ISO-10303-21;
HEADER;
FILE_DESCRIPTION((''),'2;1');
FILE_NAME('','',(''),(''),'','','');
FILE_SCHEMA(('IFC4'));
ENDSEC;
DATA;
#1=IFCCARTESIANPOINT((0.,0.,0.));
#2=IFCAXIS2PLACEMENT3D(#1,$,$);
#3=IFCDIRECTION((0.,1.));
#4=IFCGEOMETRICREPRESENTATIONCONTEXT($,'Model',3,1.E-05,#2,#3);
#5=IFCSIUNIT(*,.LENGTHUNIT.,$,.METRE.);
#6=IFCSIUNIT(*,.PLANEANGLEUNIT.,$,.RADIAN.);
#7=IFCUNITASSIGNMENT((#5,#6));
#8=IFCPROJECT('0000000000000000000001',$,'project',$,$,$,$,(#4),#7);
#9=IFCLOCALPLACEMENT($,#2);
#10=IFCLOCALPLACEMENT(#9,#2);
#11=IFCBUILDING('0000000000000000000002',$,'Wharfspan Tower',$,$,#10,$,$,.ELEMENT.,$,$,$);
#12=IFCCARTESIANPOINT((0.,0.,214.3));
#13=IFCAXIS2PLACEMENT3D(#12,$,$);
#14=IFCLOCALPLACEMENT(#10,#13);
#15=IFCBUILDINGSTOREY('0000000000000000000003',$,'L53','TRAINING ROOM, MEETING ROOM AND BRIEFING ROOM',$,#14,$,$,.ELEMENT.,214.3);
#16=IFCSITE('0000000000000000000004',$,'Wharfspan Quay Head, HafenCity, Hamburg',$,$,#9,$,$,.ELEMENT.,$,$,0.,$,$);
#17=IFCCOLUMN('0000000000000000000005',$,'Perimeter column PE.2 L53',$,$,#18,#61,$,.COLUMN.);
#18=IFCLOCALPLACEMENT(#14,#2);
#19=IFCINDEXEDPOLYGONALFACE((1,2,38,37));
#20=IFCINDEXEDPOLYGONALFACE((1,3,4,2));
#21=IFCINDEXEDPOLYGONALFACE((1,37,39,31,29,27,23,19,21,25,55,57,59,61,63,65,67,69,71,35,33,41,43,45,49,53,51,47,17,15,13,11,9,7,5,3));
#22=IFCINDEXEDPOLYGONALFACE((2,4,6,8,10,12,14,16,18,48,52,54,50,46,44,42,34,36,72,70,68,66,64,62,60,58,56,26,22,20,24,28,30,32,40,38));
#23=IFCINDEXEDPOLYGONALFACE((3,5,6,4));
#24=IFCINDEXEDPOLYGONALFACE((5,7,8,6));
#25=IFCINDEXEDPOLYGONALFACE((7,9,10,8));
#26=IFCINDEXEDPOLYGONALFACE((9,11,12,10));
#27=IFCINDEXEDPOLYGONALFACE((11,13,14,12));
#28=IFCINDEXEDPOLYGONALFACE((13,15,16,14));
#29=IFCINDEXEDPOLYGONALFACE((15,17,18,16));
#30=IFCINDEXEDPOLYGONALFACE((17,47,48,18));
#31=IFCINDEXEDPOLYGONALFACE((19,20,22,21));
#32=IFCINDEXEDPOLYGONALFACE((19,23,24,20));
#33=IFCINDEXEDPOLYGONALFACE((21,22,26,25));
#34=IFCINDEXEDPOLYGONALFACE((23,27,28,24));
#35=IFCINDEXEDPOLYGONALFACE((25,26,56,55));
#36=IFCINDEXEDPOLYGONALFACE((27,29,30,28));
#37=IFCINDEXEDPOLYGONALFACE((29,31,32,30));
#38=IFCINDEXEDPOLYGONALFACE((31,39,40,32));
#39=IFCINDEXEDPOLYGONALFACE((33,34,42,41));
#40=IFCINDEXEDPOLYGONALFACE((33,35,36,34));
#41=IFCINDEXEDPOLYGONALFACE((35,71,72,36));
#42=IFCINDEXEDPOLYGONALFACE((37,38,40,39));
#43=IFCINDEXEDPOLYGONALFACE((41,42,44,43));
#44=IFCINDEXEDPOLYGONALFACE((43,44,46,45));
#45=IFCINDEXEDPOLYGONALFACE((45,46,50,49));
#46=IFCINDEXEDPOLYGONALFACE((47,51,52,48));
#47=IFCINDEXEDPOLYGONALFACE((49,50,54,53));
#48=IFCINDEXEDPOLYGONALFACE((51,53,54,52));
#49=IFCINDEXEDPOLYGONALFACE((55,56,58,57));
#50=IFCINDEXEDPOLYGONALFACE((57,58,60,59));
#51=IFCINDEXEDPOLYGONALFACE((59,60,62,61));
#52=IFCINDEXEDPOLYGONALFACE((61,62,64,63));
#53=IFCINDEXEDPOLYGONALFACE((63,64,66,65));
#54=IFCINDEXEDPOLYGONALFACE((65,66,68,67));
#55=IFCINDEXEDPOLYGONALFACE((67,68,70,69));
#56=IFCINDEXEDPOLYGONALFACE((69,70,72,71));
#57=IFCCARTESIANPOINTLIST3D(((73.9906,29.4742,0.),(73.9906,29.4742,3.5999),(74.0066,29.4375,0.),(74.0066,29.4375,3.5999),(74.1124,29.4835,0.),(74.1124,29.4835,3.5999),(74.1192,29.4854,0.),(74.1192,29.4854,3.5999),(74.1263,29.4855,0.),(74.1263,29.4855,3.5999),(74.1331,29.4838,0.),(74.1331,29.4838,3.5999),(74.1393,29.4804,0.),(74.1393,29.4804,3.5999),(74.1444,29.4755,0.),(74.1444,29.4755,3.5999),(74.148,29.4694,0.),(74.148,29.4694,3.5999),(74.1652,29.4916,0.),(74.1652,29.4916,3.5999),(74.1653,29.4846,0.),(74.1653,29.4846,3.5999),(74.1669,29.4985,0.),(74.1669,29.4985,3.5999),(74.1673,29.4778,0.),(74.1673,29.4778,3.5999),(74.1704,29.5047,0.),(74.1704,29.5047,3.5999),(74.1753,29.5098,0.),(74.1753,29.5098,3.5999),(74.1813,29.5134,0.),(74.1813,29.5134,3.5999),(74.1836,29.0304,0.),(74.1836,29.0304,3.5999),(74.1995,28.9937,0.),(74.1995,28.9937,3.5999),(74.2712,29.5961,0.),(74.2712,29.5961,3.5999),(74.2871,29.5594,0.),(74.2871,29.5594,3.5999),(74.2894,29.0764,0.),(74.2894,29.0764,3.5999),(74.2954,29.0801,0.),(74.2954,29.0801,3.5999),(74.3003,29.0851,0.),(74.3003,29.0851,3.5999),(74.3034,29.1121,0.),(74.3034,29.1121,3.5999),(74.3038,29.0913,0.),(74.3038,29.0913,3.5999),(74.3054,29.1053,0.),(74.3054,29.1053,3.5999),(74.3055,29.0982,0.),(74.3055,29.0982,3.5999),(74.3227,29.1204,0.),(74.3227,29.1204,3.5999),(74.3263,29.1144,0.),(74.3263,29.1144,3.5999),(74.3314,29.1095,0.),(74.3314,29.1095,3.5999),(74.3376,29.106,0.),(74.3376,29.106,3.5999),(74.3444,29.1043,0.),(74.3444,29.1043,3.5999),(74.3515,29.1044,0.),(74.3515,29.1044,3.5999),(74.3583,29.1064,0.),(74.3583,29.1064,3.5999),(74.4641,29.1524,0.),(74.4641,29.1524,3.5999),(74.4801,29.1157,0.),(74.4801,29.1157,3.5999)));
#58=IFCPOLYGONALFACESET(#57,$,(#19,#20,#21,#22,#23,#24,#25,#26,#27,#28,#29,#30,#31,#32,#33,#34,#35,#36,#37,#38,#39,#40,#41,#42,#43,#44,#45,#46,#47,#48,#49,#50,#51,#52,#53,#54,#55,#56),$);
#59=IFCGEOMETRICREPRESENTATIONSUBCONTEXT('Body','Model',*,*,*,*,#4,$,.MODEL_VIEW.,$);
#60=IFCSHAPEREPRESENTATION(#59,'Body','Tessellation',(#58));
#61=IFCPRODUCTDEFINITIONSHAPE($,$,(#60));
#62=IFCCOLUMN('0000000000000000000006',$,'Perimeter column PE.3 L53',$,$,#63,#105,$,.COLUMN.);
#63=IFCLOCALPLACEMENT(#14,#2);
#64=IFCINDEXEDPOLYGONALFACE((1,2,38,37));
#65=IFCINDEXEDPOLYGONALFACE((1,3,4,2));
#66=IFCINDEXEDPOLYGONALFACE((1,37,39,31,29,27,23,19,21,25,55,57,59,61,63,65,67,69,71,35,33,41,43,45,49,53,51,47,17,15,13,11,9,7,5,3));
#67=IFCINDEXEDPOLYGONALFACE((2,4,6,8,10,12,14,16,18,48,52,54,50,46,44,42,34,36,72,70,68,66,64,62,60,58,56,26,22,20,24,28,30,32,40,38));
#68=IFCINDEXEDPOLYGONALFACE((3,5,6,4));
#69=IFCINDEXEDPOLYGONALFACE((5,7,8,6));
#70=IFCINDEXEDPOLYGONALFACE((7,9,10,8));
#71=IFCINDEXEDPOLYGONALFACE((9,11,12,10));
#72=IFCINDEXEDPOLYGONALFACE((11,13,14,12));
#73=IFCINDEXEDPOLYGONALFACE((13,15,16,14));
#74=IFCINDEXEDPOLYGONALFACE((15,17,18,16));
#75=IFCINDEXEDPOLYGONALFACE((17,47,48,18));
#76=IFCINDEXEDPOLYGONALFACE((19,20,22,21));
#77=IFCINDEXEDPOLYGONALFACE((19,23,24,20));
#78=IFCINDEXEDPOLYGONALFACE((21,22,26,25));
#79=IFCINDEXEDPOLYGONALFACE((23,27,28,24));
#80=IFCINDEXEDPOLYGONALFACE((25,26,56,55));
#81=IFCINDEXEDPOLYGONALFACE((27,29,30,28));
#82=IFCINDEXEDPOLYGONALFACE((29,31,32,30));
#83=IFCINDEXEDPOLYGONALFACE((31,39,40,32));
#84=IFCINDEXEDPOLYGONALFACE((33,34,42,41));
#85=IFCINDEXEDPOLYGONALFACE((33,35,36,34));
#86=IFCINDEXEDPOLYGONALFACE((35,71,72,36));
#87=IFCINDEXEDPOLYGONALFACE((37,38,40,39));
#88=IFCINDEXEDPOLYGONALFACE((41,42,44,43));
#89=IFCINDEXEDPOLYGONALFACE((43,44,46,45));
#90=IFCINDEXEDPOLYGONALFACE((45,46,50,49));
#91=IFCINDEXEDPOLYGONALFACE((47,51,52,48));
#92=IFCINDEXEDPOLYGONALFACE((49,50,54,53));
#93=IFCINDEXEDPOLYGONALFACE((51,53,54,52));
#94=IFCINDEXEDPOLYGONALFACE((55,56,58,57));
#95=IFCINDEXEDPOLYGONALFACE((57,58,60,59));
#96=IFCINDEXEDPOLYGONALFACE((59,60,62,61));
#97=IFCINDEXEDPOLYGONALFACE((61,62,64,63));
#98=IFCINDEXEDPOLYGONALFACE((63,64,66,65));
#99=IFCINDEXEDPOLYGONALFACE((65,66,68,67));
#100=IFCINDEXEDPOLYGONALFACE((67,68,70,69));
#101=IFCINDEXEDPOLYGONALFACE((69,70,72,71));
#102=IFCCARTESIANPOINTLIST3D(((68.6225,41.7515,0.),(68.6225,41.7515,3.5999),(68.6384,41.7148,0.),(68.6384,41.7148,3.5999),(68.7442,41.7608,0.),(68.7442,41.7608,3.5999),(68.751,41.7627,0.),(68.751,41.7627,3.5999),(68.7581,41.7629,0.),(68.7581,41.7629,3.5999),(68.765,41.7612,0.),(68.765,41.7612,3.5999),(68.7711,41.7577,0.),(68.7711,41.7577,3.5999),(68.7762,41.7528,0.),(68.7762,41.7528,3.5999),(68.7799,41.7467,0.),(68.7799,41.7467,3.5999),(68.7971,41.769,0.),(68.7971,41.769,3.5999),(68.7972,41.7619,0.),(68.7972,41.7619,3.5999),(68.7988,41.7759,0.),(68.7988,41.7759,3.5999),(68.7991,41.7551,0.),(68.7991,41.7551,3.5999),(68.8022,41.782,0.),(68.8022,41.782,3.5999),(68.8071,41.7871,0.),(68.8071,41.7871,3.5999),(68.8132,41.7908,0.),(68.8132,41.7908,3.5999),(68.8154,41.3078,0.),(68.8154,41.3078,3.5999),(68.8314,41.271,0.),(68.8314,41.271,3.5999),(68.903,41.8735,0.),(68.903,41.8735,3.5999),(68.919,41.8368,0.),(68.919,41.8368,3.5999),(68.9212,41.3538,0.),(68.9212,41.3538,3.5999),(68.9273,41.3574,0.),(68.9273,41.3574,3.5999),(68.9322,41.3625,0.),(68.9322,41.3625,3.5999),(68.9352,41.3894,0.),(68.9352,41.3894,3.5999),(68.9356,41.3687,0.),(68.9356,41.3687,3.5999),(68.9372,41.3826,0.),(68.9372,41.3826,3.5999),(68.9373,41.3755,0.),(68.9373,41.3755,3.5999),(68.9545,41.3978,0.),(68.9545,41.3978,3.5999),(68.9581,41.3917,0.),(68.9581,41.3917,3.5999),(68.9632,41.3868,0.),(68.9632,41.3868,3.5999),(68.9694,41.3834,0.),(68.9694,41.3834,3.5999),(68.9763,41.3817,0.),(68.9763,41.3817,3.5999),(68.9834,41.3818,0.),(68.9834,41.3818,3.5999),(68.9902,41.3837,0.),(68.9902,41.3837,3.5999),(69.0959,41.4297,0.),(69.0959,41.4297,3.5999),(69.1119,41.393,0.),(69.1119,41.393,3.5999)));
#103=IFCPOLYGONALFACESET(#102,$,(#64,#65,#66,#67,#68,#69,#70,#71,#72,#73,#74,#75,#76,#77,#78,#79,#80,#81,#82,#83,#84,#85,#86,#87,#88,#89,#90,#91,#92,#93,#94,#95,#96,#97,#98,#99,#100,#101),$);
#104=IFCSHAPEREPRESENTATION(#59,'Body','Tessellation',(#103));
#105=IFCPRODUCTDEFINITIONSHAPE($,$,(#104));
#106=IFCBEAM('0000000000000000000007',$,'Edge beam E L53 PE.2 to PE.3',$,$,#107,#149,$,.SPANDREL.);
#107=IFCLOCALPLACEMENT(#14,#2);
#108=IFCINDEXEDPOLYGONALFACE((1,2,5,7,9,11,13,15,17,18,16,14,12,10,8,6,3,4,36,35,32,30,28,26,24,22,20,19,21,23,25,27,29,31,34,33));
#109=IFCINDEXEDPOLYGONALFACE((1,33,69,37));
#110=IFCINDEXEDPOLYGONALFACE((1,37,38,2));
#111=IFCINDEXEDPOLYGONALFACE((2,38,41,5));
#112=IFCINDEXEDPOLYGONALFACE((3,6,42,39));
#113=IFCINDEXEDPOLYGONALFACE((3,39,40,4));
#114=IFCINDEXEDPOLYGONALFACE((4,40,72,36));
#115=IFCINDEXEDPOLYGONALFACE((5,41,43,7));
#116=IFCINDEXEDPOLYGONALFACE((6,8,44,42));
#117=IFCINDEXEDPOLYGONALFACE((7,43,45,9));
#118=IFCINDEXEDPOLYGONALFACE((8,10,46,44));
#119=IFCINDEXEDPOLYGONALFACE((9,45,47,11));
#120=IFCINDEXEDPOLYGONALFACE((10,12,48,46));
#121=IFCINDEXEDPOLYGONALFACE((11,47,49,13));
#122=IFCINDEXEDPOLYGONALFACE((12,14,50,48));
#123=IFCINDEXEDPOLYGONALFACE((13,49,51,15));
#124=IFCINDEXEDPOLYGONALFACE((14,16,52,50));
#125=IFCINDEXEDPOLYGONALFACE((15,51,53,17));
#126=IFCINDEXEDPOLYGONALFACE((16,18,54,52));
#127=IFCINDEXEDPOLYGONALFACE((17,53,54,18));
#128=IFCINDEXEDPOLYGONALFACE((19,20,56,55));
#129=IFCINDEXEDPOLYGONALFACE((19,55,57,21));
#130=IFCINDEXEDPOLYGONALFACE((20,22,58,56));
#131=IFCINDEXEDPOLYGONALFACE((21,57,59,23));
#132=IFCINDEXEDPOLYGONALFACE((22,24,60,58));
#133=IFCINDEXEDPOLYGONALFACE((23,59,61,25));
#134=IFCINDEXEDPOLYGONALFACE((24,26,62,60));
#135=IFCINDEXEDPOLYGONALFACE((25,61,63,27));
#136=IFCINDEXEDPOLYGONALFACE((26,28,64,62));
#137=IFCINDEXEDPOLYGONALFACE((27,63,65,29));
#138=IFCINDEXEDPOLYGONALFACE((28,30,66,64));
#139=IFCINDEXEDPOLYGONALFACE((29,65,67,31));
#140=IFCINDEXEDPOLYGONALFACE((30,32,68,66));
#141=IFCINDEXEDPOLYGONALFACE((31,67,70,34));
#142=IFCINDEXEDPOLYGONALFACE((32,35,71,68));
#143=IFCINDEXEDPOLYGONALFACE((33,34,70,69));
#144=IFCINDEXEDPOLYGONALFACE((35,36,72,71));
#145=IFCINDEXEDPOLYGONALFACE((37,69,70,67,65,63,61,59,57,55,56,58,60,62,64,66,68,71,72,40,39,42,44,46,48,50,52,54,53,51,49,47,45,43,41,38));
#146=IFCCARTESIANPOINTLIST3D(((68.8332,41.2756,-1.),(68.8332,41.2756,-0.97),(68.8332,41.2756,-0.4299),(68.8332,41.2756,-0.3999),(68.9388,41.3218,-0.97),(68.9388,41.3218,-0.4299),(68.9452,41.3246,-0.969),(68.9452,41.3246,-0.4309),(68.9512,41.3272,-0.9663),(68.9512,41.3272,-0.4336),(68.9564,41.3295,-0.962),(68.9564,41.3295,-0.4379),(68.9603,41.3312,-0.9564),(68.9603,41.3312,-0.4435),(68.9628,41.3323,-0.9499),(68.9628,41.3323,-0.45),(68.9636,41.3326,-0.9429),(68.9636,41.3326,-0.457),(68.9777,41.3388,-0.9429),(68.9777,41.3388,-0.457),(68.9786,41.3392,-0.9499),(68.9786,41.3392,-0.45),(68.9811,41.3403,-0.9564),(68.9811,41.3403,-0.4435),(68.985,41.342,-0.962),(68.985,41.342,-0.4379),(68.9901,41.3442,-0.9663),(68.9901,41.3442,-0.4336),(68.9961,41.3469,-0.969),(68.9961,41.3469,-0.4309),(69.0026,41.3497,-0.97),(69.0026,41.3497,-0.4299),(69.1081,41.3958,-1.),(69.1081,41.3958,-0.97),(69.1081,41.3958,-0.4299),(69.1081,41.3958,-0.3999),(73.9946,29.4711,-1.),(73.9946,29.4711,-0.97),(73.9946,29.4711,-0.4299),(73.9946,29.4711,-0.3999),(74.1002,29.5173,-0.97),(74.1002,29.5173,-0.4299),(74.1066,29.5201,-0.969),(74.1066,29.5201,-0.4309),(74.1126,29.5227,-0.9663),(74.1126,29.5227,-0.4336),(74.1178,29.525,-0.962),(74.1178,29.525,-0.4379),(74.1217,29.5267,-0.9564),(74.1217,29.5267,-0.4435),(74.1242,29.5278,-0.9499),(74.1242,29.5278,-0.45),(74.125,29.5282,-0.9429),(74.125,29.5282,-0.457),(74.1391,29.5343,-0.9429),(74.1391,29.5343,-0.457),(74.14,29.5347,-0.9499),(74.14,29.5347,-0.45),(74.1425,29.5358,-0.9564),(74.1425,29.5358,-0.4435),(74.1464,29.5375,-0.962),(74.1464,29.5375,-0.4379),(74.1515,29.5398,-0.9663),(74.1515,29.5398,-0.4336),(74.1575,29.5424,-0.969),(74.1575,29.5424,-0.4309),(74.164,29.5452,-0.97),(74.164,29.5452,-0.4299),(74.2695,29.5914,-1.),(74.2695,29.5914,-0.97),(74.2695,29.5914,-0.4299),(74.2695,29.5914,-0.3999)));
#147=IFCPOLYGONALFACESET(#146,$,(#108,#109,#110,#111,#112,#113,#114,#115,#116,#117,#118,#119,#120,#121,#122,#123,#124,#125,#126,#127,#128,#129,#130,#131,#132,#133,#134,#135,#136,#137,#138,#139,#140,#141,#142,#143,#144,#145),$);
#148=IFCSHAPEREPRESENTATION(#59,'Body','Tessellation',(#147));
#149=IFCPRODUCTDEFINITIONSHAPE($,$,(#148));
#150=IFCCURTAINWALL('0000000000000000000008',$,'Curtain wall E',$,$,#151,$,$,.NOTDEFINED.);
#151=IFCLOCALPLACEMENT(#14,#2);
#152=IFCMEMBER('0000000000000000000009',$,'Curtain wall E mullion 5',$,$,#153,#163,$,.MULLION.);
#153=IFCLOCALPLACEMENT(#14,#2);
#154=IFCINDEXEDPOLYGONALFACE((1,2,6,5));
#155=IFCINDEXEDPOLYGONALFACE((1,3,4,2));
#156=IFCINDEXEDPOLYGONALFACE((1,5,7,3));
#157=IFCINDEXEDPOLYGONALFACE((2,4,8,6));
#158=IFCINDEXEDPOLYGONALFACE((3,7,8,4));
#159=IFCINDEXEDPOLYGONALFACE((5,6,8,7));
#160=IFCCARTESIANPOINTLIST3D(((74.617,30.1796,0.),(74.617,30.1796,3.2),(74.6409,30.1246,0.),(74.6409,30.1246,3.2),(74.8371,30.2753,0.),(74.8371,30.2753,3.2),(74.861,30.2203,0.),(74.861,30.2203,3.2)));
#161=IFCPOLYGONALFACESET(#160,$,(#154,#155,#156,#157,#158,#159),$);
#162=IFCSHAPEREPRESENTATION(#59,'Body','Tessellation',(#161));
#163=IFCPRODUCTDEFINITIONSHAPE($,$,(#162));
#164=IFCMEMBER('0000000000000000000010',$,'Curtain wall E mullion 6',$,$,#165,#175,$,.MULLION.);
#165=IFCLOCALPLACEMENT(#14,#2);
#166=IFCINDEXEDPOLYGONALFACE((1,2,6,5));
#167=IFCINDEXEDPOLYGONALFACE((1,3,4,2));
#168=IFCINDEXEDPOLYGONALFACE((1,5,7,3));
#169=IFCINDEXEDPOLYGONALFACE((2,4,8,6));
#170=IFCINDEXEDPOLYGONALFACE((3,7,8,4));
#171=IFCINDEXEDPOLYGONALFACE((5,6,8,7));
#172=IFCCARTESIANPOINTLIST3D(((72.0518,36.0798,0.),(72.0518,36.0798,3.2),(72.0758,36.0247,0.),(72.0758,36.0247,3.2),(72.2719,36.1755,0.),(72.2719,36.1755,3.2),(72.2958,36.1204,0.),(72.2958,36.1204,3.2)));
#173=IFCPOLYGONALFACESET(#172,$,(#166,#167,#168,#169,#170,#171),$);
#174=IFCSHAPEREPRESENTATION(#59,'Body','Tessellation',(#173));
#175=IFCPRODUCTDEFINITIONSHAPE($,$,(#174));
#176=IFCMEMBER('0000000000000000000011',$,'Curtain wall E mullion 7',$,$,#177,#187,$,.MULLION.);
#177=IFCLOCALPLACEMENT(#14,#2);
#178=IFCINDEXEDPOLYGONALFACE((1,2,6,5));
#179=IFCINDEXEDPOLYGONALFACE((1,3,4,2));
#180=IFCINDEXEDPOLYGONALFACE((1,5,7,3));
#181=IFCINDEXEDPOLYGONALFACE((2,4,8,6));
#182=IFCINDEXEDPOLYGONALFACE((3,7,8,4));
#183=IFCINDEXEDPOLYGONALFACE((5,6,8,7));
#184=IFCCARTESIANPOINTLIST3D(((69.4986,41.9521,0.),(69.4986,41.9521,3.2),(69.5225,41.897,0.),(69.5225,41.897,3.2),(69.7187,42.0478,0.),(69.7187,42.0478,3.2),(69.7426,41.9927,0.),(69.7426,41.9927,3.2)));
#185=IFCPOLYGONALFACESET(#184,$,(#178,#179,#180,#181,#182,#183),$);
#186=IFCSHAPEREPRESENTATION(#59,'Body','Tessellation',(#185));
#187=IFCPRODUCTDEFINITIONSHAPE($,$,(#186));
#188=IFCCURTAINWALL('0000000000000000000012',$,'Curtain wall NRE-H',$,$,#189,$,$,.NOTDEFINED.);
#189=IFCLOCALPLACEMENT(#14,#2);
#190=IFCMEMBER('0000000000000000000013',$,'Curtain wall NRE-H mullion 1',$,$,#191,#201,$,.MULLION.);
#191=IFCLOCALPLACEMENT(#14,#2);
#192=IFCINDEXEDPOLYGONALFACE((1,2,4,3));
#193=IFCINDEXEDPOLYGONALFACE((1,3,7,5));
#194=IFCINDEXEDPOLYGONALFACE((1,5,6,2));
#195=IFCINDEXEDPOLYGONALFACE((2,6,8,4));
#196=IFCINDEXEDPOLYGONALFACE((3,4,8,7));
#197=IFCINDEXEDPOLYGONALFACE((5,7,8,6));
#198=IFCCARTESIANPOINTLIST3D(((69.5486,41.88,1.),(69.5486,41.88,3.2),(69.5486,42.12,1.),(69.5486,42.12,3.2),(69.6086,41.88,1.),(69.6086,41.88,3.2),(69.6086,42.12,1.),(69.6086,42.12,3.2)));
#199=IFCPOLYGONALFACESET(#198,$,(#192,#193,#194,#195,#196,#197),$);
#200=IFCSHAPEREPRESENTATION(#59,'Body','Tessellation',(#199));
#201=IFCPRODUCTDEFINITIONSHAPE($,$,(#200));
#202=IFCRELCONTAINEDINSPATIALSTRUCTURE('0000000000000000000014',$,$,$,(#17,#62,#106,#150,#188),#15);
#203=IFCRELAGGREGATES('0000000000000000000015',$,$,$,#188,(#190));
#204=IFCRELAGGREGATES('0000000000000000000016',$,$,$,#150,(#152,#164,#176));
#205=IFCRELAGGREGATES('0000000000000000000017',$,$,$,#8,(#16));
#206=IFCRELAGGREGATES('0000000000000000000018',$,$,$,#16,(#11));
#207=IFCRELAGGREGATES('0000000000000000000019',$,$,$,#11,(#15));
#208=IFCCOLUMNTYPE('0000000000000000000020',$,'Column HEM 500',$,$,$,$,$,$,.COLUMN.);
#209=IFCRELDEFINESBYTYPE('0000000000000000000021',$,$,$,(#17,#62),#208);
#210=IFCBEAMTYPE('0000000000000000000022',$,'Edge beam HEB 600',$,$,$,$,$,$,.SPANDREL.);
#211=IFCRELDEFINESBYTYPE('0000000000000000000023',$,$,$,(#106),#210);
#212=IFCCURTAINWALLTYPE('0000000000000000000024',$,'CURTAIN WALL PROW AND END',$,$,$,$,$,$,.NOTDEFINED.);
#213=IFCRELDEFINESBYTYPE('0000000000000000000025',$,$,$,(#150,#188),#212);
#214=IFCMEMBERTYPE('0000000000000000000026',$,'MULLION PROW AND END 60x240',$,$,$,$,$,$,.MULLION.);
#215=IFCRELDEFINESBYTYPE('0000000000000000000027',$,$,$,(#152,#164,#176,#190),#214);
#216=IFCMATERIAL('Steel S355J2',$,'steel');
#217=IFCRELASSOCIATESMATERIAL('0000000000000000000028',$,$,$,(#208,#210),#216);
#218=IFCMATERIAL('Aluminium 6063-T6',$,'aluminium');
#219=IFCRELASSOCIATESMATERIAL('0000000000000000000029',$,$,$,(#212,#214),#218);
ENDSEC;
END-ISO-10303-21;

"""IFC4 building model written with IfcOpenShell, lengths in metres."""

from ifc_helpers import new_model, si_unit, direction, frame, origin, origin_2d, place, context, subcontext, project, spatial, rectangle, i_section, extrude, material, material_profile, profile_set, type_object, element, aggregate, save


model = new_model("IFC4")

# Units and contexts
model_context = context("Model", 3, precision=1e-05, world=origin(), true_north=direction((0.0, 1.0)))
body_context = subcontext(model_context, "Body", "Model", "MODEL_VIEW")
ifc_project = project(units=[si_unit("LENGTHUNIT", "METRE"), si_unit("PLANEANGLEUNIT", "RADIAN")], contexts=[model_context])

# Site, building, storey
site_placement = place(None, origin())
site = spatial("IfcSite", under=ifc_project, at=site_placement, Name="Wharfspan Quay Head, HafenCity, Hamburg", CompositionType="ELEMENT", RefElevation=0.0)
building_placement = place(site_placement, origin())
building = spatial("IfcBuilding", under=site, at=building_placement, Name="Wharfspan Tower", CompositionType="ELEMENT")
storey_placement = place(building_placement, frame((0.0, 0.0, 214.3)))
storey = spatial("IfcBuildingStorey", under=building, at=storey_placement, Name="L53", Description="TRAINING ROOM, MEETING ROOM AND BRIEFING ROOM", CompositionType="ELEMENT", Elevation=214.3)

# Columns
ifc_material_1 = material(Name="Steel S355J2", Category="steel")
ifc_material_profile_1 = material_profile(ifc_material_1, i_section(OverallWidth=0.3059, OverallDepth=0.5239, WebThickness=0.021, FlangeThickness=0.04, FilletRadius=0.0271, at=origin_2d()))
ifc_profile_set_1 = profile_set([ifc_material_profile_1], Name="Steel S355J2")
column_type = type_object("IfcColumnType", Name="Column HEM 500", PredefinedType="COLUMN", material=ifc_profile_set_1)
for number, where, z_axis, x_axis, name in (
    (1, (74.2354, 29.2949, 0.0), (0.0, 0.0, 1.0), (0.917072, 0.398727, 0.0), "Perimeter column PE.2 L53"),
    (2, (68.8672, 41.5723, 0.0), (0.0, 0.0, 1.0), (0.917072, 0.398727, 0.0), "Perimeter column PE.3 L53"),
):
    element("IfcColumn", number, at=place(storey_placement, frame(where, z_axis=z_axis, x_axis=x_axis)), inside=storey, type_object=column_type, Name=name, PredefinedType="COLUMN", context=body_context, shape_type="SweptSolid", body=[
        extrude(i_section(OverallWidth=0.3059, OverallDepth=0.5239, WebThickness=0.021, FlangeThickness=0.04, FilletRadius=0.0271, at=origin_2d()), origin(), (0.0, 0.0, 1.0), 3.5999),
    ])

# Beam
ifc_material_profile_2 = material_profile(ifc_material_1, i_section(OverallWidth=0.3, OverallDepth=0.6001, WebThickness=0.0154, FlangeThickness=0.03, FilletRadius=0.0271, at=origin_2d()))
ifc_profile_set_2 = profile_set([ifc_material_profile_2], Name="Steel S355J2")
beam_type = type_object("IfcBeamType", Name="Edge beam HEB 600", PredefinedType="SPANDREL", material=ifc_profile_set_2)
beam_placement = place(storey_placement, frame((74.1321, 29.5312, -0.7), z_axis=(-0.400619, 0.916245, 0.0), x_axis=(-0.916245, -0.400619, 0.0)))
element("IfcBeam", 3, at=beam_placement, inside=storey, type_object=beam_type, Name="Edge beam E L53 PE.2 to PE.3", PredefinedType="SPANDREL", context=body_context, shape_type="SweptSolid", body=[
    extrude(i_section(OverallWidth=0.3, OverallDepth=0.6001, WebThickness=0.0154, FlangeThickness=0.03, FilletRadius=0.0271, at=origin_2d()), origin(), (0.0, 0.0, 1.0), 12.8835),
])

# Curtain wall, members
ifc_material_2 = material(Name="Aluminium 6063-T6", Category="aluminium")
curtain_wall_type = type_object("IfcCurtainWallType", Name="CURTAIN WALL PROW AND END", PredefinedType="NOTDEFINED", material=ifc_material_2)
curtain_wall_1_placement = place(storey_placement, origin())
curtain_wall_1 = element("IfcCurtainWall", 4, at=curtain_wall_1_placement, inside=storey, type_object=curtain_wall_type, Name="Curtain wall E", PredefinedType="NOTDEFINED")
ifc_material_profile_3 = material_profile(ifc_material_2, rectangle(XDim=0.24, YDim=0.0601, at=origin_2d()))
ifc_profile_set_3 = profile_set([ifc_material_profile_3], Name="Aluminium 6063-T6")
member_type_1 = type_object("IfcMemberType", Name="MULLION PROW AND END 60x240", PredefinedType="MULLION", material=ifc_profile_set_3)
member_1_placement = place(storey_placement, frame((74.739, 30.2, 0.0), z_axis=(0.0, 0.0, 1.0), x_axis=(-0.917072, -0.398727, 0.0)))
member_1 = element("IfcMember", 5, at=member_1_placement, type_object=member_type_1, Name="Curtain wall E mullion 5", PredefinedType="MULLION", context=body_context, shape_type="SweptSolid", body=[
    extrude(rectangle(XDim=0.24, YDim=0.0601, at=origin_2d()), origin(), (0.0, 0.0, 1.0), 3.2),
])
member_2_placement = place(storey_placement, frame((72.1738, 36.1001, 0.0), z_axis=(0.0, 0.0, 1.0), x_axis=(-0.917072, -0.398727, 0.0)))
member_2 = element("IfcMember", 6, at=member_2_placement, type_object=member_type_1, Name="Curtain wall E mullion 6", PredefinedType="MULLION", context=body_context, shape_type="SweptSolid", body=[
    extrude(rectangle(XDim=0.24, YDim=0.0601, at=origin_2d()), origin(), (0.0, 0.0, 1.0), 3.2),
])
member_3_placement = place(storey_placement, frame((69.6206, 41.9724, 0.0), z_axis=(0.0, 0.0, 1.0), x_axis=(-0.917072, -0.398727, 0.0)))
member_3 = element("IfcMember", 7, at=member_3_placement, type_object=member_type_1, Name="Curtain wall E mullion 7", PredefinedType="MULLION", context=body_context, shape_type="SweptSolid", body=[
    extrude(rectangle(XDim=0.24, YDim=0.0601, at=origin_2d()), origin(), (0.0, 0.0, 1.0), 3.2),
])

# Curtain wall, member
curtain_wall_2_placement = place(storey_placement, origin())
curtain_wall_2 = element("IfcCurtainWall", 8, at=curtain_wall_2_placement, inside=storey, type_object=curtain_wall_type, Name="Curtain wall NRE-H", PredefinedType="NOTDEFINED")
member_4_placement = place(storey_placement, frame((69.5786, 42.0, 1.0), z_axis=(0.0, 0.0, 1.0), x_axis=(0.0, -1.0, 0.0)))
member_4 = element("IfcMember", 9, at=member_4_placement, type_object=member_type_1, Name="Curtain wall NRE-H mullion 1", PredefinedType="MULLION", context=body_context, shape_type="SweptSolid", body=[
    extrude(rectangle(XDim=0.24, YDim=0.0601, at=origin_2d()), origin(), (0.0, 0.0, 1.0), 2.2),
])

aggregate(curtain_wall_2, [member_4])

aggregate(curtain_wall_1, [member_1, member_2, member_3])

save(model, "model.ifc")
